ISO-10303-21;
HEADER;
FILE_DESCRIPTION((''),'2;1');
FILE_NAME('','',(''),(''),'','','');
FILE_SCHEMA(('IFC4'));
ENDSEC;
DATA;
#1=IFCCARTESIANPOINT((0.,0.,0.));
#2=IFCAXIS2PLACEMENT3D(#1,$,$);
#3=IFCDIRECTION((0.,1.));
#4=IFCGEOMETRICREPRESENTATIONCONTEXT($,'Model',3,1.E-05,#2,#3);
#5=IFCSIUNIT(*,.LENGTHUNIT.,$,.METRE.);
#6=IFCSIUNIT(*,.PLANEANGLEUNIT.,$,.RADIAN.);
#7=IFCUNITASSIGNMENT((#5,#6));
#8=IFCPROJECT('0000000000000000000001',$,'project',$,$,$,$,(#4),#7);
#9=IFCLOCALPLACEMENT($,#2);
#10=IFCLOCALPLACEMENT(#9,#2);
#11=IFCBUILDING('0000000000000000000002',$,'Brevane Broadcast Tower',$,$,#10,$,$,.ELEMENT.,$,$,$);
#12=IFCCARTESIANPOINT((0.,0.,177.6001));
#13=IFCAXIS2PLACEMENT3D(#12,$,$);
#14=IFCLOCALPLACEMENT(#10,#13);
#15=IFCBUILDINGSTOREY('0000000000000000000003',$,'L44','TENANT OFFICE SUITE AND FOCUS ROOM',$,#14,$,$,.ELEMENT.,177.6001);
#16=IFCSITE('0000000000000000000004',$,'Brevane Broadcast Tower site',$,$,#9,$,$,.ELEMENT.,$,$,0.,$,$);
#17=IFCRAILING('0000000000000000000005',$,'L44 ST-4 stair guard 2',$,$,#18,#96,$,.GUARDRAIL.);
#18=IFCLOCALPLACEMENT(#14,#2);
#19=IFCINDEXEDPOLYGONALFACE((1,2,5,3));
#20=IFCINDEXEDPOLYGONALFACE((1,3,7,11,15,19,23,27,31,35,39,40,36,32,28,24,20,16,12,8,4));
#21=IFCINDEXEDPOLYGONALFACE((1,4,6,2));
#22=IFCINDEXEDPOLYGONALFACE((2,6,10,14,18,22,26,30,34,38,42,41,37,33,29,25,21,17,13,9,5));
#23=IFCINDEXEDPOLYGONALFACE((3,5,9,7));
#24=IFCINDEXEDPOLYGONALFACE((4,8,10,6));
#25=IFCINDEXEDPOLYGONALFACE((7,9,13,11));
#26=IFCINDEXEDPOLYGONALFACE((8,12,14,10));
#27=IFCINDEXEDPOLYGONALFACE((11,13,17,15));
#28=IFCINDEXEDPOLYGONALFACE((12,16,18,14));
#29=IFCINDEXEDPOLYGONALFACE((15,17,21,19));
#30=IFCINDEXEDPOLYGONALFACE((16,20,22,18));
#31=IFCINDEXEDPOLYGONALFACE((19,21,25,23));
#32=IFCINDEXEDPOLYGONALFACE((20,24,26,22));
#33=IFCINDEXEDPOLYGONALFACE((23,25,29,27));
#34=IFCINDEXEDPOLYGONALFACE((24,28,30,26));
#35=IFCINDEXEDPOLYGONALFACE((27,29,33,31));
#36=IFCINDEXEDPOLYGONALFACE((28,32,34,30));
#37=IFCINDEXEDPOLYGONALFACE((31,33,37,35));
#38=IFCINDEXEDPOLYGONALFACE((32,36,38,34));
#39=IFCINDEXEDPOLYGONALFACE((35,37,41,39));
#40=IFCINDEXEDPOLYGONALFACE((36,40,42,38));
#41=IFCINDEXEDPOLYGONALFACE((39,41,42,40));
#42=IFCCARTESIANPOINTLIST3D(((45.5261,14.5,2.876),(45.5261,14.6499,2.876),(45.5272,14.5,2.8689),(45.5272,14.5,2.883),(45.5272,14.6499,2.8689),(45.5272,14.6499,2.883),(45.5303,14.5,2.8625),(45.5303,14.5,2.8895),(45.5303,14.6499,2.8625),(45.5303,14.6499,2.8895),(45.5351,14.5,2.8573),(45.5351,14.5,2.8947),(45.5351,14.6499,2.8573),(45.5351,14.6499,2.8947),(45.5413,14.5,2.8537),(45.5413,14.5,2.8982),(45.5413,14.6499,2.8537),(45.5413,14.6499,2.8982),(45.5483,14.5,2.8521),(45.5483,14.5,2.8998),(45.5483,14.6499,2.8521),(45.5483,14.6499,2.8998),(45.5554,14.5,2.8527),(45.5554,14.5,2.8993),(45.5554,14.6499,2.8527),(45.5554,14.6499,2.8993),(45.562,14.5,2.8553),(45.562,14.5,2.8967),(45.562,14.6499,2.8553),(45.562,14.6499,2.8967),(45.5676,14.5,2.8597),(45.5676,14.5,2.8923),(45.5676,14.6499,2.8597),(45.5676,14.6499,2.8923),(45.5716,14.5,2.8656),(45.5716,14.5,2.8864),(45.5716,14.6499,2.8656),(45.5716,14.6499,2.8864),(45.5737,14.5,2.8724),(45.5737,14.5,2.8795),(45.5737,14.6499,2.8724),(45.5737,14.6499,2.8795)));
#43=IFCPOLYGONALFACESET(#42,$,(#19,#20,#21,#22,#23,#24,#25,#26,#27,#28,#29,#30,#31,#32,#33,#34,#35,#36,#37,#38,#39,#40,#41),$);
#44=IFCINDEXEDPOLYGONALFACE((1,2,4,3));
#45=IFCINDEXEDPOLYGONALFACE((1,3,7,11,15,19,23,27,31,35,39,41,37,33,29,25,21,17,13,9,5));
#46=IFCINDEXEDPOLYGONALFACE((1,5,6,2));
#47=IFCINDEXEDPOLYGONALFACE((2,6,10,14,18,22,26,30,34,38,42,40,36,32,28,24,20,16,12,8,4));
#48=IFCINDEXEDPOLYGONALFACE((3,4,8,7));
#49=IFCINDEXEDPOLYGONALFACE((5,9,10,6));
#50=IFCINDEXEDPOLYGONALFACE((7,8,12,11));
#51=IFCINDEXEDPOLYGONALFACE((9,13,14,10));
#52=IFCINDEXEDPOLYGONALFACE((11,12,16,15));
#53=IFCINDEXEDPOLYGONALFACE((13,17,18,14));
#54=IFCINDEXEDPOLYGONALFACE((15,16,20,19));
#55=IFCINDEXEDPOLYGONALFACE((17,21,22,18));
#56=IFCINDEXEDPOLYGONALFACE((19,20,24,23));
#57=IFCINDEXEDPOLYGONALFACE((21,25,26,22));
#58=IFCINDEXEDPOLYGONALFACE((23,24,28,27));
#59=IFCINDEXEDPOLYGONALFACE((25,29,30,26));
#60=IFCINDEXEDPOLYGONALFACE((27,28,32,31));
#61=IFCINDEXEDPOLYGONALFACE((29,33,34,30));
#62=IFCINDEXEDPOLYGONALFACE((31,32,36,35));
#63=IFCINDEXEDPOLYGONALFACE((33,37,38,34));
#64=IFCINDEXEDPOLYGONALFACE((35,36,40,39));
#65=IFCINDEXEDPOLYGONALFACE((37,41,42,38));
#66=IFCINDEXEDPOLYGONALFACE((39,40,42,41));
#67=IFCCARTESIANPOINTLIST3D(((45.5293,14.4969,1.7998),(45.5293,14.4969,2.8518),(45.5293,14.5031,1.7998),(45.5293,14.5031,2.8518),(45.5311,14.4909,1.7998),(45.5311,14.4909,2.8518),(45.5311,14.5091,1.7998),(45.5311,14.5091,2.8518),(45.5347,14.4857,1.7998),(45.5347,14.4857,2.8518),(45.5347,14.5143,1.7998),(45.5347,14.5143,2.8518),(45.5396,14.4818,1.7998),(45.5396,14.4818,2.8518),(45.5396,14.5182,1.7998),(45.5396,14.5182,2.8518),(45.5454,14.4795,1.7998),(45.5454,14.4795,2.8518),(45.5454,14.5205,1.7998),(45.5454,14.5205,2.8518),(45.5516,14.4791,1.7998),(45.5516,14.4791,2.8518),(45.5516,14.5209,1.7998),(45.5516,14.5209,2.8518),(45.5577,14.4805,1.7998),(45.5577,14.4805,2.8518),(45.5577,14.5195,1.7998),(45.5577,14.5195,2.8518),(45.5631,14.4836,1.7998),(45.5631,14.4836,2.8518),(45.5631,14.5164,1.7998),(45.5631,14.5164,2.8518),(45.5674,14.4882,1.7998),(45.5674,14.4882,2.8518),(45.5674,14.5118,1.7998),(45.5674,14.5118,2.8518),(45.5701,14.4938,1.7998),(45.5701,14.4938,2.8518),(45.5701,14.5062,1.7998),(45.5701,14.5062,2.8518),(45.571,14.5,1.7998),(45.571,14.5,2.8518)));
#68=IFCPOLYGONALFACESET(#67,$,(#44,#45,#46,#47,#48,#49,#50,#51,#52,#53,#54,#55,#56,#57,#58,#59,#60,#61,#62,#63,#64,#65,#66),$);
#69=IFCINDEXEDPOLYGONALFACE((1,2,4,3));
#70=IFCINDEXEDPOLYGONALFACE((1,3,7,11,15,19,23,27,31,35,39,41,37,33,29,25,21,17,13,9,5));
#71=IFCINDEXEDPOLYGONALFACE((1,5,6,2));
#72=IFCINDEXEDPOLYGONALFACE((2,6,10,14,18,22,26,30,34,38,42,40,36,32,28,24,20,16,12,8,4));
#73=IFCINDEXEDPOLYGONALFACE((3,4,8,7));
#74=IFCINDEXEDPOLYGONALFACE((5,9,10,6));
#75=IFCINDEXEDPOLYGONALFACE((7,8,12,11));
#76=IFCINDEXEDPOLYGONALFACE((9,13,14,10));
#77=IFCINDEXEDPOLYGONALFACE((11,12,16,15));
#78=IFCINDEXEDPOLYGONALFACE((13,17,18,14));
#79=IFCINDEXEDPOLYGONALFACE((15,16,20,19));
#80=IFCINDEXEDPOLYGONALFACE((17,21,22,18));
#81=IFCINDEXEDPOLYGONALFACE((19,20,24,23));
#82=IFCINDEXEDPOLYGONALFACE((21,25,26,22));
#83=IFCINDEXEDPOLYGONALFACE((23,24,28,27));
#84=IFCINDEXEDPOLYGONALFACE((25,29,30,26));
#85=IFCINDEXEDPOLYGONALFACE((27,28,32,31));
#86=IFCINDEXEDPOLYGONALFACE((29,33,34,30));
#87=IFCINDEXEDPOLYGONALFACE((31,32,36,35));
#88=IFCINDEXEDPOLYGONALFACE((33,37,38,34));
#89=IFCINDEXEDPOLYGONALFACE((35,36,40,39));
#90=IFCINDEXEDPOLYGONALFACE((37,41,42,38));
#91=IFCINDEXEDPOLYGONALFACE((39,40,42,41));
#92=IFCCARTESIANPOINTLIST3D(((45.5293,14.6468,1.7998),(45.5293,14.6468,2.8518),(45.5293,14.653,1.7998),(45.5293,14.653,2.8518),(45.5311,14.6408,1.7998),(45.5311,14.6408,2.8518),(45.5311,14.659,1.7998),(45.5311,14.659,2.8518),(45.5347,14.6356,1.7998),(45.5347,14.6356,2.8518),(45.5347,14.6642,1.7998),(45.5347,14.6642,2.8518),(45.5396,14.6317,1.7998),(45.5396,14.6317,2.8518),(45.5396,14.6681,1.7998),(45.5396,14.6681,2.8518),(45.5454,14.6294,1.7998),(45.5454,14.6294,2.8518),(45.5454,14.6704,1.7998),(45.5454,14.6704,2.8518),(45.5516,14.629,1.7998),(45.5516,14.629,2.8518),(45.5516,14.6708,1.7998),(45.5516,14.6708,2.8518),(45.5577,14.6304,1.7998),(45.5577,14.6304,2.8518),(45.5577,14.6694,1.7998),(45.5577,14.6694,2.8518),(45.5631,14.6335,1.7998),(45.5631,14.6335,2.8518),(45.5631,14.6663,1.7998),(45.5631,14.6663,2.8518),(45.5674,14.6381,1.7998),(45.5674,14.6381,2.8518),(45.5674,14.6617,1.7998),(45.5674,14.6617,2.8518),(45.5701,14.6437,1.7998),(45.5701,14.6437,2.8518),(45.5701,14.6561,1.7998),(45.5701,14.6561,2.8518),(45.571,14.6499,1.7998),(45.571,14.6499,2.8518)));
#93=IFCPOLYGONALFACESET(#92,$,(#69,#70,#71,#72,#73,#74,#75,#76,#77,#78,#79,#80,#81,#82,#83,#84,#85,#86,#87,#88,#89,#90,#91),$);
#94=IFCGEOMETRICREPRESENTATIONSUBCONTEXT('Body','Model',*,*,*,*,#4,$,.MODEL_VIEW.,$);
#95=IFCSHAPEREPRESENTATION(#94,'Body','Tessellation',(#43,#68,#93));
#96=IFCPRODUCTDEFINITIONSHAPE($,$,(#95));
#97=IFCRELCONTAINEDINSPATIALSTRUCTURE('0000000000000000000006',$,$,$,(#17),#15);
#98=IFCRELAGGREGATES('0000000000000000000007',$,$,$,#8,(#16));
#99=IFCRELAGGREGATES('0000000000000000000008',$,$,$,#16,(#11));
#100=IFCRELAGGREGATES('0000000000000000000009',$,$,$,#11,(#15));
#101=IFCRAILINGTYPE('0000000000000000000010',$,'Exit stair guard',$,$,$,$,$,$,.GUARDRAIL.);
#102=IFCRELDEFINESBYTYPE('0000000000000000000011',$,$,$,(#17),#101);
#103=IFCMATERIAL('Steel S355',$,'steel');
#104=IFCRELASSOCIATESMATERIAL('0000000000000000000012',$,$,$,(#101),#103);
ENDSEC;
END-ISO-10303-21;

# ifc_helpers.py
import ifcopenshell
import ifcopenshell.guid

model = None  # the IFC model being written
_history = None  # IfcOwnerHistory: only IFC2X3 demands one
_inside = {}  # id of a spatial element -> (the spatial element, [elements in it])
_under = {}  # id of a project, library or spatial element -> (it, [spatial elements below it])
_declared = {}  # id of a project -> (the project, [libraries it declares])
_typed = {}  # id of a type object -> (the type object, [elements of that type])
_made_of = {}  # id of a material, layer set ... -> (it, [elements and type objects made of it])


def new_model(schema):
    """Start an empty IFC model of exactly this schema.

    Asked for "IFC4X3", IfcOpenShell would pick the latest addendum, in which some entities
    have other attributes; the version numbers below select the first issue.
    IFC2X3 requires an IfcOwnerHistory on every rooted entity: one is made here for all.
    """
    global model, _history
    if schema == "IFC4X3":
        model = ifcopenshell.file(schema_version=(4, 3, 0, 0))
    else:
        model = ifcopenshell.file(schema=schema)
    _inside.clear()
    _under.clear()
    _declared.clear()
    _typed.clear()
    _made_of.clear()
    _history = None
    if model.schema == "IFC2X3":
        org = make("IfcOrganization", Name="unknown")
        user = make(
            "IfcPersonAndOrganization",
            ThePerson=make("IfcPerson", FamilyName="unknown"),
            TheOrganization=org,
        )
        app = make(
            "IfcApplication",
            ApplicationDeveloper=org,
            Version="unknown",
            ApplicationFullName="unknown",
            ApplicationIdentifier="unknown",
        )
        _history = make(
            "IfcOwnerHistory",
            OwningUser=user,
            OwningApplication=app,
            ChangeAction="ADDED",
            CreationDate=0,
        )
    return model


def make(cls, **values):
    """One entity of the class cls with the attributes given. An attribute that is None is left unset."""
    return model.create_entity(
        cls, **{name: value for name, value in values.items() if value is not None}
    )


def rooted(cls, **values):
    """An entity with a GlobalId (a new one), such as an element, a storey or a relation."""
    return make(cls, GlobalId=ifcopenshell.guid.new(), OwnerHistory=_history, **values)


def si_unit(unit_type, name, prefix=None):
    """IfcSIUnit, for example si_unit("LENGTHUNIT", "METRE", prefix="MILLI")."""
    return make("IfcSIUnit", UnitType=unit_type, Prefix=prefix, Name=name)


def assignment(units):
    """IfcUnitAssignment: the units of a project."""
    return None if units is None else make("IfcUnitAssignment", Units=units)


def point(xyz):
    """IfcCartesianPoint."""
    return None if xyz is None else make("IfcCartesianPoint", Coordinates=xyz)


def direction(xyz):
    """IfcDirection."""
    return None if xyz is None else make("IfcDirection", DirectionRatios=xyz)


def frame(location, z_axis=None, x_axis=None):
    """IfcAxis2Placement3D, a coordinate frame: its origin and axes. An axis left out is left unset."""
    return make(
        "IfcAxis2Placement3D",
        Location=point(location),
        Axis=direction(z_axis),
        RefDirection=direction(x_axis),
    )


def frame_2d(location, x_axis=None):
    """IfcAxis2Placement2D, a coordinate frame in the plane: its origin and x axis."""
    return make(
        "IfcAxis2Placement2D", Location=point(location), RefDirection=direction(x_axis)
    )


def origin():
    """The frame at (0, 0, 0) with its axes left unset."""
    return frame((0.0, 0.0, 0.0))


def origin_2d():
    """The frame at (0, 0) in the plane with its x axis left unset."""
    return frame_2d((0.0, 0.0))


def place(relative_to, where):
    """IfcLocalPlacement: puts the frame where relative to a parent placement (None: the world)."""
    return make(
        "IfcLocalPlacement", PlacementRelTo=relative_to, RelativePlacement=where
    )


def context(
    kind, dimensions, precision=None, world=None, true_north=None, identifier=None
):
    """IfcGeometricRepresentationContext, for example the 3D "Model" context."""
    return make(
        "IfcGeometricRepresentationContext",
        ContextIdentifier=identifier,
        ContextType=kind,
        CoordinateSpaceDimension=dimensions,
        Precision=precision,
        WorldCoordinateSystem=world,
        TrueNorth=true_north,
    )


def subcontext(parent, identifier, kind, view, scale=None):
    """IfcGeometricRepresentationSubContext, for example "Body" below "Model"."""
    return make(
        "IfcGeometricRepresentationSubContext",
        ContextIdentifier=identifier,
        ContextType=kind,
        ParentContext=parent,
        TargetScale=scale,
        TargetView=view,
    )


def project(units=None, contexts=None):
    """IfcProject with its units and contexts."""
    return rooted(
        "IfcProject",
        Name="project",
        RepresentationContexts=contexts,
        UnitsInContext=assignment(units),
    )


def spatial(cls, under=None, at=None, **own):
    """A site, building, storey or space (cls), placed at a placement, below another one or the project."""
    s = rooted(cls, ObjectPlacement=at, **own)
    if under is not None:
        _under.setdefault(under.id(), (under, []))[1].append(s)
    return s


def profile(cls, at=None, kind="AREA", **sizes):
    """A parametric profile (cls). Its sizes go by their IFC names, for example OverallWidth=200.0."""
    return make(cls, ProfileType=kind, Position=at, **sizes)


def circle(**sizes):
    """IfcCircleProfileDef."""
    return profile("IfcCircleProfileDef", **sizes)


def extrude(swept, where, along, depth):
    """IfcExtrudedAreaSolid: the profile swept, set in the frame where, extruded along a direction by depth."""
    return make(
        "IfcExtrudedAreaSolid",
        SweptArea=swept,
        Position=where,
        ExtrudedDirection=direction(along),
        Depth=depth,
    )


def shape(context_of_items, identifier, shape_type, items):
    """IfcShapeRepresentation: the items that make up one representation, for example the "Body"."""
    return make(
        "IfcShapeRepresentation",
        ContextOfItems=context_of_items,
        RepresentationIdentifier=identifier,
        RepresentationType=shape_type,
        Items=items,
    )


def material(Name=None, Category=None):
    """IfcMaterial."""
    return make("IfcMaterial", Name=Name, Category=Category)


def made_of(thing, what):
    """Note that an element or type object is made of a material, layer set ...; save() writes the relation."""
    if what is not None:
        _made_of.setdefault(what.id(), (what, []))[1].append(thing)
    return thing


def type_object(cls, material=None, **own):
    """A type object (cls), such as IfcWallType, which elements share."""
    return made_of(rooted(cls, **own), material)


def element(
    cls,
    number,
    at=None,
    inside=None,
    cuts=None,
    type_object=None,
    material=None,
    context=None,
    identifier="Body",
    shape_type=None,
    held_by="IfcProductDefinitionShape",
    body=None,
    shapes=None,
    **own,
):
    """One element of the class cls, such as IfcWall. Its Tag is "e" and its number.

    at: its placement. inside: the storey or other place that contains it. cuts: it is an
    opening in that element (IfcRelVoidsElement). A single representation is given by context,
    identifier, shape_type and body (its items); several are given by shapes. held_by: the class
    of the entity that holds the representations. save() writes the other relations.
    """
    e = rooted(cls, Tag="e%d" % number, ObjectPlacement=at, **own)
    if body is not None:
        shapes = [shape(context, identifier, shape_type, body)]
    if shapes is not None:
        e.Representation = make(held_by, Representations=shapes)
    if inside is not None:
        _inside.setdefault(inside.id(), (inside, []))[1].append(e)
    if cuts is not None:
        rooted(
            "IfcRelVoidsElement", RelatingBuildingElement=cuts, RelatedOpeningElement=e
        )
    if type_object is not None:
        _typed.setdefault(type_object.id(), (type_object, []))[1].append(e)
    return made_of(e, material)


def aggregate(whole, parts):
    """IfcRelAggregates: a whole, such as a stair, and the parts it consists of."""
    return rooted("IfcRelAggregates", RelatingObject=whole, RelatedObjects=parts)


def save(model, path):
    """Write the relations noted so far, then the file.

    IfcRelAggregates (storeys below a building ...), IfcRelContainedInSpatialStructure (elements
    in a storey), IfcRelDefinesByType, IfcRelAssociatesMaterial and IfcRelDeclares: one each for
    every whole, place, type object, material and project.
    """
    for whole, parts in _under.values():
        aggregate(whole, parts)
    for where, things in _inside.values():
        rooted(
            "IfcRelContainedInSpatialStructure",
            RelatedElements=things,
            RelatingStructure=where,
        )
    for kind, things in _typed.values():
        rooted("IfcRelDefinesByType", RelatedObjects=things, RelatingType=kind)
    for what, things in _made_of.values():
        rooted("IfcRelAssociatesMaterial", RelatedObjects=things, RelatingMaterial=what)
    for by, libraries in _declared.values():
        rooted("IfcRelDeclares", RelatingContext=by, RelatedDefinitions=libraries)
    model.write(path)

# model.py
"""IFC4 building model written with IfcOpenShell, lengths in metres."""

from ifc_helpers import new_model, si_unit, direction, frame, origin, origin_2d, place, context, subcontext, project, spatial, circle, extrude, material, type_object, element, save


model = new_model("IFC4")

# Units and contexts
model_context = context("Model", 3, precision=1e-05, world=origin(), true_north=direction((0.0, 1.0)))
body_context = subcontext(model_context, "Body", "Model", "MODEL_VIEW")
ifc_project = project(units=[si_unit("LENGTHUNIT", "METRE"), si_unit("PLANEANGLEUNIT", "RADIAN")], contexts=[model_context])

# Site, building, storey
site_placement = place(None, origin())
site = spatial("IfcSite", under=ifc_project, at=site_placement, Name="Brevane Broadcast Tower site", CompositionType="ELEMENT", RefElevation=0.0)
building_placement = place(site_placement, origin())
building = spatial("IfcBuilding", under=site, at=building_placement, Name="Brevane Broadcast Tower", CompositionType="ELEMENT")
storey_placement = place(building_placement, frame((0.0, 0.0, 177.6001)))
storey = spatial("IfcBuildingStorey", under=building, at=storey_placement, Name="L44", Description="TENANT OFFICE SUITE AND FOCUS ROOM", CompositionType="ELEMENT", Elevation=177.6001)

# Railing
ifc_material_1 = material(Name="Steel S355", Category="steel")
railing_type_1 = type_object("IfcRailingType", Name="Exit stair guard", PredefinedType="GUARDRAIL", material=ifc_material_1)
railing_1_placement = place(storey_placement, frame((45.55, 14.5, 1.7998)))
element("IfcRailing", 1, at=railing_1_placement, inside=storey, type_object=railing_type_1, Name="L44 ST-4 stair guard 2", PredefinedType="GUARDRAIL", context=body_context, shape_type="SweptSolid", body=[
    extrude(circle(Radius=0.0239, at=origin_2d()), frame((0.0, 0.0, 1.0762), z_axis=(0.0, 1.0, 0.0), x_axis=(-1.0, 0.0, 0.0)), (0.0, 0.0, 1.0), 0.1499),
    extrude(circle(Radius=0.021, at=origin_2d()), origin(), (0.0, 0.0, 1.0), 1.052),
    extrude(circle(Radius=0.021, at=origin_2d()), frame((0.0, 0.1499, 0.0)), (0.0, 0.0, 1.0), 1.052),
])

save(model, "model.ifc")
